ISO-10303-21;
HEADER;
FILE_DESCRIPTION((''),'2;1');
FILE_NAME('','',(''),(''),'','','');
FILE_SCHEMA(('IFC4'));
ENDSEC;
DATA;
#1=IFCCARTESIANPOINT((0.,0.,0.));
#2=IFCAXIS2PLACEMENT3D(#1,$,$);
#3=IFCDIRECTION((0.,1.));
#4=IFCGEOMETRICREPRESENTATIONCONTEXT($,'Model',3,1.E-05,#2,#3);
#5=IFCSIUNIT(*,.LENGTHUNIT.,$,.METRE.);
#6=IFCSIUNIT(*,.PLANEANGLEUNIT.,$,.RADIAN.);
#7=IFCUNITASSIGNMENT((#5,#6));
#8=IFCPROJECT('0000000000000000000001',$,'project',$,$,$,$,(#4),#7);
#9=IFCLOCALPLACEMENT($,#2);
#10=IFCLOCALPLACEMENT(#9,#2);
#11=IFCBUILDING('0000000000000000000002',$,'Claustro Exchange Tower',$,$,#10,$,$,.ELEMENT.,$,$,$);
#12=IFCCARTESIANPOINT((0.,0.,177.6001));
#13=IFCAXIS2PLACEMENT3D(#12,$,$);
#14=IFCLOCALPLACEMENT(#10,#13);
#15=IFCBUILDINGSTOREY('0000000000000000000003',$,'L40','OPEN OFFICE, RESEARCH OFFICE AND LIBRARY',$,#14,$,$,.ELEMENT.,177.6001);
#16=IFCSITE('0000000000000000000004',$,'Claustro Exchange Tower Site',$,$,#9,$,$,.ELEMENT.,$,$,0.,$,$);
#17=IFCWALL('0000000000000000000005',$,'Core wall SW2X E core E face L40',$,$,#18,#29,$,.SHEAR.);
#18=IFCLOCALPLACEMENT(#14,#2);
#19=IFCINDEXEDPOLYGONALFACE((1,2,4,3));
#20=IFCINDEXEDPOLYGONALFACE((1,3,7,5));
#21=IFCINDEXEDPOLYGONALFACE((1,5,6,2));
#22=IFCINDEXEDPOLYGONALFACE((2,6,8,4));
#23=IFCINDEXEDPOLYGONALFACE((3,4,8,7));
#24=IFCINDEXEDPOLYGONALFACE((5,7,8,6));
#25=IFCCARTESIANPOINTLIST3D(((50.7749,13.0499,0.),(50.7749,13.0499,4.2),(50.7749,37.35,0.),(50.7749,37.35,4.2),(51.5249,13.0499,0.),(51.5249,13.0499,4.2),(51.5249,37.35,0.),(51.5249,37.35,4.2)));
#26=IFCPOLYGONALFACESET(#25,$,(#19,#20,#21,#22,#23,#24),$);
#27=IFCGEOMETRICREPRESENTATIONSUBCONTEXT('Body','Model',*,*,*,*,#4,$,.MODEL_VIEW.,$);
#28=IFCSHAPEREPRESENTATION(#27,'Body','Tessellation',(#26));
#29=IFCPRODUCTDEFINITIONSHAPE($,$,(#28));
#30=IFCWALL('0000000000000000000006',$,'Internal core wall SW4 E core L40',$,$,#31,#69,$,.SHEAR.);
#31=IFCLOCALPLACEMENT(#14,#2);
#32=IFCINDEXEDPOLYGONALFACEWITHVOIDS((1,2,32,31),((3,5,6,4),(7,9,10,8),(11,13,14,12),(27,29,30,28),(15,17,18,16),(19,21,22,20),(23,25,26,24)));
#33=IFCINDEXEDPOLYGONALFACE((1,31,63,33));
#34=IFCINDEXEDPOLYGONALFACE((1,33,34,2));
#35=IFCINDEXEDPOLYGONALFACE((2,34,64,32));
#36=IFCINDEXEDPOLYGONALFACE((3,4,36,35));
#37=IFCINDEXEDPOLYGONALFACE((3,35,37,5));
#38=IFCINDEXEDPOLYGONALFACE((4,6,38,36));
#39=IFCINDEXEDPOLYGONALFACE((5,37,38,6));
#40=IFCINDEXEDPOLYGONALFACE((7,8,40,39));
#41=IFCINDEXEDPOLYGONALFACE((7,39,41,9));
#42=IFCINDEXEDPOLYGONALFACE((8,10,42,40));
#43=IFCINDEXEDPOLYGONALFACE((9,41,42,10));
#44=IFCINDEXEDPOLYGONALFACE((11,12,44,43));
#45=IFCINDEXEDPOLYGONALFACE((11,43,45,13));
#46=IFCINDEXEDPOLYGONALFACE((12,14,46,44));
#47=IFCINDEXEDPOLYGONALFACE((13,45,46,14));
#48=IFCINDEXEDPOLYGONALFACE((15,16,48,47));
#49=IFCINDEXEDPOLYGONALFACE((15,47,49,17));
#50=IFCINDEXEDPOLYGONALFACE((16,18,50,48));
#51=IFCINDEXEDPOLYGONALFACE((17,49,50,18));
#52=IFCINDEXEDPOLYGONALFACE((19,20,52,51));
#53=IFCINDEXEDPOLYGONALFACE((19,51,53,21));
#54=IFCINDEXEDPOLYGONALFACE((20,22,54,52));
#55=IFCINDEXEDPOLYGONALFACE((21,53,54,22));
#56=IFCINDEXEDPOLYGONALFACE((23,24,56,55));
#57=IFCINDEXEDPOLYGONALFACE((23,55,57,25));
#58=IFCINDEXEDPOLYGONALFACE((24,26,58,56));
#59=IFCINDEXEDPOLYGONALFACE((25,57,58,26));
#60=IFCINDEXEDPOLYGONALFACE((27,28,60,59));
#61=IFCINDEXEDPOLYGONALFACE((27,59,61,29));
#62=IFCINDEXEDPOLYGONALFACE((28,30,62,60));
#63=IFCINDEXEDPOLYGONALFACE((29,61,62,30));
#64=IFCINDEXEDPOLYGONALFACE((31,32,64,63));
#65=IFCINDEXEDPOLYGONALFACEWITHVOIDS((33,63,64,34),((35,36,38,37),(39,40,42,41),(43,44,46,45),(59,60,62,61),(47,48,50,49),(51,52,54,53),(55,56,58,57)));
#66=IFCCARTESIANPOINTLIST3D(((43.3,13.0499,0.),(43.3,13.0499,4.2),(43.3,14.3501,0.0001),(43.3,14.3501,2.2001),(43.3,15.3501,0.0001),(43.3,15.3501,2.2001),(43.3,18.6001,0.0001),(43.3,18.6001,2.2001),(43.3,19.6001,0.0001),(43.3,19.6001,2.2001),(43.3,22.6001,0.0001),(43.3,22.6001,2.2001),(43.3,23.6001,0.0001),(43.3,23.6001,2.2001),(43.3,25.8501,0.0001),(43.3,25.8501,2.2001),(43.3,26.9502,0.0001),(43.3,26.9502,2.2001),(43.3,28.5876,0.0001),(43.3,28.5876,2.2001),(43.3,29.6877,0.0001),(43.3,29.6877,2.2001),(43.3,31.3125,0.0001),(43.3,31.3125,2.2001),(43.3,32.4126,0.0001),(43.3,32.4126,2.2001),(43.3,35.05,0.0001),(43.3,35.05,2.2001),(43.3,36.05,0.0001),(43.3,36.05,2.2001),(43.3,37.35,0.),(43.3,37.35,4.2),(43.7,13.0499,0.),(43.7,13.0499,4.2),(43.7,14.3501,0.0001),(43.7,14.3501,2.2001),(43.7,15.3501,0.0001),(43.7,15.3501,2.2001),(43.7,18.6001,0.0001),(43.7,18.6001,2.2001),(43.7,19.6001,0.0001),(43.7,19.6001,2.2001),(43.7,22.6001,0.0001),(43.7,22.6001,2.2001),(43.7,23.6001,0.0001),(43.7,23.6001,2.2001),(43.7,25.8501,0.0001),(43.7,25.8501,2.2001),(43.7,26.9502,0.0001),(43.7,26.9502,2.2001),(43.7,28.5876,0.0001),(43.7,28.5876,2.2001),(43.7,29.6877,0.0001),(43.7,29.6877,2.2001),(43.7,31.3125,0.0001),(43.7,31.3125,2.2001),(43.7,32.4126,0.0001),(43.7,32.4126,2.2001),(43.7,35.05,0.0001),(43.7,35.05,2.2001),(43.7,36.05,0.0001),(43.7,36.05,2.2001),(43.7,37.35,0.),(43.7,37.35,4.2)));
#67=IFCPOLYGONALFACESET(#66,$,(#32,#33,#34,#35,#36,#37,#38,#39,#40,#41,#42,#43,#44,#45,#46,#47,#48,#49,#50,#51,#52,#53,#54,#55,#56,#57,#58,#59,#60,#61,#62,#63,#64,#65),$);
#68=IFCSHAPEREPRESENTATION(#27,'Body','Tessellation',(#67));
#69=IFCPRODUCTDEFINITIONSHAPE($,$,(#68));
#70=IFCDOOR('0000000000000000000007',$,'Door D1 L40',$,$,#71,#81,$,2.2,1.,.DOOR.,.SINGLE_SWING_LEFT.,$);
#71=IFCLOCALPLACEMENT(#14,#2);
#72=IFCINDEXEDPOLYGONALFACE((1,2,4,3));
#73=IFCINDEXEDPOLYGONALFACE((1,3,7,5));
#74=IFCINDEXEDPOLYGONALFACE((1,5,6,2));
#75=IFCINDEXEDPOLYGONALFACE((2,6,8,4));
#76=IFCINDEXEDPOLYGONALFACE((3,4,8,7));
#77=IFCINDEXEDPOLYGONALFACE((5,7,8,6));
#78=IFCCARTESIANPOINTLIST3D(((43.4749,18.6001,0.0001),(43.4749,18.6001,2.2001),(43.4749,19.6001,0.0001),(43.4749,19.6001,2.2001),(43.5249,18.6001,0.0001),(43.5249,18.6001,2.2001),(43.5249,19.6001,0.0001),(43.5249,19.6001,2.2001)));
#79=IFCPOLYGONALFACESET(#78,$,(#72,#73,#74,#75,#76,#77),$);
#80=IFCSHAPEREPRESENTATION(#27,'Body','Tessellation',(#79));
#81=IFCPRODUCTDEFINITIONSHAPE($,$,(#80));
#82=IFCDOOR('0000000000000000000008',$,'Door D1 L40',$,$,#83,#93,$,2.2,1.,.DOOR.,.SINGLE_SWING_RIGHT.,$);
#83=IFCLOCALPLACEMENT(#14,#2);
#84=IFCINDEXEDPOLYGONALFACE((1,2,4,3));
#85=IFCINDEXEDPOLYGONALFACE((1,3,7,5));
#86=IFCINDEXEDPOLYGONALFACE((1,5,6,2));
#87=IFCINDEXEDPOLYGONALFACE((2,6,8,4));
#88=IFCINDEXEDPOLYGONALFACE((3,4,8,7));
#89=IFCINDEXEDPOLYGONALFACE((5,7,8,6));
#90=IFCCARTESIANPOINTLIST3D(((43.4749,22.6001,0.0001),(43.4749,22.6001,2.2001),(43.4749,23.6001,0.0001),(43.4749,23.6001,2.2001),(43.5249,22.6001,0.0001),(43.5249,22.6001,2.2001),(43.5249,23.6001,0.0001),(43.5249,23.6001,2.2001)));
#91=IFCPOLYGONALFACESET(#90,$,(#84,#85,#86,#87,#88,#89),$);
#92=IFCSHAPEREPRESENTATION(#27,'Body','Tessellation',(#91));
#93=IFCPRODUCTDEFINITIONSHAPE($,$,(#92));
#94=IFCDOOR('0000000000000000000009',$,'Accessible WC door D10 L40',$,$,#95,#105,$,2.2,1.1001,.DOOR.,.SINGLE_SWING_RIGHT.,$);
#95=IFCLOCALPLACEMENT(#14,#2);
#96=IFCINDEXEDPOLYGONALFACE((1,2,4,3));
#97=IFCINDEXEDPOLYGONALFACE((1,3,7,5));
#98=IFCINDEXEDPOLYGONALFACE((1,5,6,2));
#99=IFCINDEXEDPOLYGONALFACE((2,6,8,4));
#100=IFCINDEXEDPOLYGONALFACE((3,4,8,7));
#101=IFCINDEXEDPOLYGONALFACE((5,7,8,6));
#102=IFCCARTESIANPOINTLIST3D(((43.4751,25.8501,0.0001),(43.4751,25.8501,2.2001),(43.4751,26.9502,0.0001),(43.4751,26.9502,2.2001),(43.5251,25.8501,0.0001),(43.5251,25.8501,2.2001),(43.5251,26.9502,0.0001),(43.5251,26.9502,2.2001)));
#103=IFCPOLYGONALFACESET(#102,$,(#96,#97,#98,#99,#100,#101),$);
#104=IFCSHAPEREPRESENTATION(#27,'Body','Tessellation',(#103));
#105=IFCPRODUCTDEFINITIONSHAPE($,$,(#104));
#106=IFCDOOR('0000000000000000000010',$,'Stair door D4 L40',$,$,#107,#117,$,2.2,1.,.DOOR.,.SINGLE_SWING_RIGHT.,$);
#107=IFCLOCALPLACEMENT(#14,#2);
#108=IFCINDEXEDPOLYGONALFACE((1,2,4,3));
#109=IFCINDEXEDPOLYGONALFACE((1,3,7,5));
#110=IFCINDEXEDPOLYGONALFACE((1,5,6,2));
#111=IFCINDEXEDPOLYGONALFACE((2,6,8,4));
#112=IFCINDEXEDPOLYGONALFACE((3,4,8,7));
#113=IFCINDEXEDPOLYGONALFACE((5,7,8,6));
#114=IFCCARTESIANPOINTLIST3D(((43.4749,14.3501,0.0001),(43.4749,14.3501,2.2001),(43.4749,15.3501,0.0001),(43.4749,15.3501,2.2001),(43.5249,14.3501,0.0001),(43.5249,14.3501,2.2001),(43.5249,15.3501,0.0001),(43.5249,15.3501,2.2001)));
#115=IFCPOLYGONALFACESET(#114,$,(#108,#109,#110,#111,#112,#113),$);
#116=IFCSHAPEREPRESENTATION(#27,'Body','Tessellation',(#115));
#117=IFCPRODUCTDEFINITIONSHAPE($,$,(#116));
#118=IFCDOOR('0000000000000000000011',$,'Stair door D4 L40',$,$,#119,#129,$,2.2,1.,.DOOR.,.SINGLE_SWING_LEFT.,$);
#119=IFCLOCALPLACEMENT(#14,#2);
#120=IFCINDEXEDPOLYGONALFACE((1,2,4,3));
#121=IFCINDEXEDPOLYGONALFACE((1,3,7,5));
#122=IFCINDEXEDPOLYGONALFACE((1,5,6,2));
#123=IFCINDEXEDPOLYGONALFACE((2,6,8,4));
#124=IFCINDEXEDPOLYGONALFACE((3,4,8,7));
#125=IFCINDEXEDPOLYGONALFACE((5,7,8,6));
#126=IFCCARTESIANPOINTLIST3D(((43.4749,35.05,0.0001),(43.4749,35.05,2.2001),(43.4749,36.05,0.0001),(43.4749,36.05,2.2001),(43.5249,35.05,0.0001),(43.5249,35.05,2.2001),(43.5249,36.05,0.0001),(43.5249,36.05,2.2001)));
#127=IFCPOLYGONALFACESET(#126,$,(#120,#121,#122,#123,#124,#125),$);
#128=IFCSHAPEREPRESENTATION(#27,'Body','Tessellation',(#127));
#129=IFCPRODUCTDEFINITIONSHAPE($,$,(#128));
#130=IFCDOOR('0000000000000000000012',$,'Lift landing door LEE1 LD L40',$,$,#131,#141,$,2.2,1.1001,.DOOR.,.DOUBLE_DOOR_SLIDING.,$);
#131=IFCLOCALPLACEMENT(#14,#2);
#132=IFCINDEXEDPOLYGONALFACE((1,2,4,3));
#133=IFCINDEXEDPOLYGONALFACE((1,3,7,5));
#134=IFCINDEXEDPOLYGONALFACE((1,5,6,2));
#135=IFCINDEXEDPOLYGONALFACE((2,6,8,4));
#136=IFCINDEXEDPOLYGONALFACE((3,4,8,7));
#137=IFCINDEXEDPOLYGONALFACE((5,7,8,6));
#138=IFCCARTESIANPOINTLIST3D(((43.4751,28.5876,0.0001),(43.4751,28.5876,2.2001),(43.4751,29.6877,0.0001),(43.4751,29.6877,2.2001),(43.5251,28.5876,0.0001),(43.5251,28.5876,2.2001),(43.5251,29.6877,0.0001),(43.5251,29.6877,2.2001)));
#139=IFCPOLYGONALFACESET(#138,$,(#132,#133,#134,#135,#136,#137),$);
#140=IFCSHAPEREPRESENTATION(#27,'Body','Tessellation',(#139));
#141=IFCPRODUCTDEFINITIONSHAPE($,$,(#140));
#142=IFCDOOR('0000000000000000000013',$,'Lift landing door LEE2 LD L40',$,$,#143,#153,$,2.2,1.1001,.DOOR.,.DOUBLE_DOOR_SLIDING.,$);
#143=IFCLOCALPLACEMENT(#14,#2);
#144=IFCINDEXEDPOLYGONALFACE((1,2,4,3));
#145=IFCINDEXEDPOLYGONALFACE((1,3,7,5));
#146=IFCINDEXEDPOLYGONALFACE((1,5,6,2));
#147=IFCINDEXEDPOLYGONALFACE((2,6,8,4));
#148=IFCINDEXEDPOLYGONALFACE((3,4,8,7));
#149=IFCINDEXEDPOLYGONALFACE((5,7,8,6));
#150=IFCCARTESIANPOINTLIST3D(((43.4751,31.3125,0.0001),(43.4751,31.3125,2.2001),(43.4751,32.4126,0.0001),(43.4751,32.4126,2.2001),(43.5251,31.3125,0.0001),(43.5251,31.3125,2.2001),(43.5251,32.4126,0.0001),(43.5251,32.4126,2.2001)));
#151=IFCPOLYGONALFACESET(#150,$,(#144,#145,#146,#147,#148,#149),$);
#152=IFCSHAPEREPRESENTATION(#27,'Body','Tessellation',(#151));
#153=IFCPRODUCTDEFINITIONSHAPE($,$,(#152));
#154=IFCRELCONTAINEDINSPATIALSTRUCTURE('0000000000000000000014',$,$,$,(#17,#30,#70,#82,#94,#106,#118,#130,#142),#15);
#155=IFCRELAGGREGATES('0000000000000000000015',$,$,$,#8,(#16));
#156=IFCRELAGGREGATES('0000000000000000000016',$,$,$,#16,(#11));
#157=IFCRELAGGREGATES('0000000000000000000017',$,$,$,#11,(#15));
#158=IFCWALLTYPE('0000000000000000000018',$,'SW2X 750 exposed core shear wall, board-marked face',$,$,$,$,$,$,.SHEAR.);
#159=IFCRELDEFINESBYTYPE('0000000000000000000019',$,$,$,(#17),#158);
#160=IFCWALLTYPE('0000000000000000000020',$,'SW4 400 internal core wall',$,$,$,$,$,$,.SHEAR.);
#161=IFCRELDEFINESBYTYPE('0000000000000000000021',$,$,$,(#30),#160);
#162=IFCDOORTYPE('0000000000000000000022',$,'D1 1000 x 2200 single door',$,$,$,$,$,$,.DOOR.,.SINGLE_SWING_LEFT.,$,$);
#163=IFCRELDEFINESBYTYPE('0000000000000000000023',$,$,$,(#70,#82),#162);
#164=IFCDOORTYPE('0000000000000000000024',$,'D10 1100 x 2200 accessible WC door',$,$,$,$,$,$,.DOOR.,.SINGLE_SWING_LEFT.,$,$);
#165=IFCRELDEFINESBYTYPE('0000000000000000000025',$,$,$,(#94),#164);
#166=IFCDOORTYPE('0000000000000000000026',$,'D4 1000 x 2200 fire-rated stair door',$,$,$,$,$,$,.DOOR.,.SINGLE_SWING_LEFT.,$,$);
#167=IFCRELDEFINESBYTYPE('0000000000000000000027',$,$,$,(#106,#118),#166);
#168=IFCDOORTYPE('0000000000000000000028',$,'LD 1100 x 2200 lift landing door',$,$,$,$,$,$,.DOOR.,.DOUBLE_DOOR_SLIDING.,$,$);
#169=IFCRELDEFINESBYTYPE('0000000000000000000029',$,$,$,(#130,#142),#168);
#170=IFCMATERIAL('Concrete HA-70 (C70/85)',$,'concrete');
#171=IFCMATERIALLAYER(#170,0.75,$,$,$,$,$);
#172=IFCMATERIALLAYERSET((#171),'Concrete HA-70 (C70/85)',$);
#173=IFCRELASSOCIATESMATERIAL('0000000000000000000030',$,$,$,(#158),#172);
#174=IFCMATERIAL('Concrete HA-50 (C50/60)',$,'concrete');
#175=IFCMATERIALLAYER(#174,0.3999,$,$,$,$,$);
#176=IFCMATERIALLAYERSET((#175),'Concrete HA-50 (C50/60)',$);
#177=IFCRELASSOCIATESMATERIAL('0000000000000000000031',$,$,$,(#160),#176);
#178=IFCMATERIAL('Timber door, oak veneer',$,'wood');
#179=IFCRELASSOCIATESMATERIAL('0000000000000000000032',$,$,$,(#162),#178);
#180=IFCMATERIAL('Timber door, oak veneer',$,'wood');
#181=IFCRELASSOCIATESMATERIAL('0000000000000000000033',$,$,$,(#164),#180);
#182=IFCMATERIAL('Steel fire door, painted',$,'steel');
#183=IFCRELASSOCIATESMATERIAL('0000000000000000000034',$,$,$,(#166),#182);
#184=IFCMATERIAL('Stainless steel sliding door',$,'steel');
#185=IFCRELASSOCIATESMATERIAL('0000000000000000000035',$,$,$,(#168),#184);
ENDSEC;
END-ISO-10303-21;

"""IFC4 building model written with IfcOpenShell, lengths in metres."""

from ifc_helpers import new_model, si_unit, direction, frame, frame_2d, origin, place, context, subcontext, project, spatial, rectangle, extrude, material, layer, layer_set, type_object, element, fill, save


model = new_model("IFC4")

# Units and contexts
model_context = context("Model", 3, precision=1e-05, world=origin(), true_north=direction((0.0, 1.0)))
body_context = subcontext(model_context, "Body", "Model", "MODEL_VIEW")
ifc_project = project(units=[si_unit("LENGTHUNIT", "METRE"), si_unit("PLANEANGLEUNIT", "RADIAN")], contexts=[model_context])

# Site, building, storey
site_placement = place(None, origin())
site = spatial("IfcSite", under=ifc_project, at=site_placement, Name="Claustro Exchange Tower Site", CompositionType="ELEMENT", RefElevation=0.0)
building_placement = place(site_placement, origin())
building = spatial("IfcBuilding", under=site, at=building_placement, Name="Claustro Exchange Tower", CompositionType="ELEMENT")
storey_placement = place(building_placement, frame((0.0, 0.0, 177.6001)))
storey = spatial("IfcBuildingStorey", under=building, at=storey_placement, Name="L40", Description="OPEN OFFICE, RESEARCH OFFICE AND LIBRARY", CompositionType="ELEMENT", Elevation=177.6001)

# Wall
ifc_material_1 = material(Name="Concrete HA-70 (C70/85)", Category="concrete")
ifc_layer_1 = layer(ifc_material_1, 0.75)
ifc_layer_set_1 = layer_set([ifc_layer_1], Name="Concrete HA-70 (C70/85)")
wall_type_1 = type_object("IfcWallType", Name="SW2X 750 exposed core shear wall, board-marked face", PredefinedType="SHEAR", material=ifc_layer_set_1)
wall_1_placement = place(storey_placement, frame((51.1499, 13.05, 0.0), z_axis=(0.0, 0.0, 1.0), x_axis=(0.0, 1.0, 0.0)))
element("IfcWall", 1, at=wall_1_placement, inside=storey, type_object=wall_type_1, Name="Core wall SW2X E core E face L40", PredefinedType="SHEAR", context=body_context, shape_type="SweptSolid", body=[
    extrude(rectangle(XDim=24.3, YDim=0.75, at=frame_2d((12.1499, 0.0))), origin(), (0.0, 0.0, 1.0), 4.2),
])

# Wall, openings, doors
ifc_material_2 = material(Name="Concrete HA-50 (C50/60)", Category="concrete")
ifc_layer_2 = layer(ifc_material_2, 0.3999)
ifc_layer_set_2 = layer_set([ifc_layer_2], Name="Concrete HA-50 (C50/60)")
wall_type_2 = type_object("IfcWallType", Name="SW4 400 internal core wall", PredefinedType="SHEAR", material=ifc_layer_set_2)
wall_2_placement = place(storey_placement, frame((43.5, 13.05, 0.0), z_axis=(0.0, 0.0, 1.0), x_axis=(0.0, 1.0, 0.0)))
wall_2 = element("IfcWall", 2, at=wall_2_placement, inside=storey, type_object=wall_type_2, Name="Internal core wall SW4 E core L40", PredefinedType="SHEAR", context=body_context, shape_type="SweptSolid", body=[
    extrude(rectangle(XDim=24.3, YDim=0.3999, at=frame_2d((12.1499, 0.0))), origin(), (0.0, 0.0, 1.0), 4.2),
])
opening_1_placement = place(wall_2_placement, frame((1.3, 0.0, 0.0)))
opening_1 = element("IfcOpeningElement", 3, at=opening_1_placement, cuts=wall_2, PredefinedType="OPENING", context=body_context, shape_type="SweptSolid", body=[
    extrude(rectangle(XDim=1.0, YDim=2.2, at=frame_2d((0.5, 1.1001))), frame((0.0, 0.21, 0.0), z_axis=(0.0, -1.0, 0.0), x_axis=(1.0, 0.0, 0.0)), (0.0, 0.0, 1.0), 0.4199),
])
opening_2_placement = place(wall_2_placement, frame((22.0, 0.0, 0.0)))
opening_2 = element("IfcOpeningElement", 4, at=opening_2_placement, cuts=wall_2, PredefinedType="OPENING", context=body_context, shape_type="SweptSolid", body=[
    extrude(rectangle(XDim=1.0, YDim=2.2, at=frame_2d((0.5, 1.1001))), frame((0.0, 0.21, 0.0), z_axis=(0.0, -1.0, 0.0), x_axis=(1.0, 0.0, 0.0)), (0.0, 0.0, 1.0), 0.4199),
])
opening_3_placement = place(wall_2_placement, frame((5.55, 0.0, 0.0)))
opening_3 = element("IfcOpeningElement", 5, at=opening_3_placement, cuts=wall_2, PredefinedType="OPENING", context=body_context, shape_type="SweptSolid", body=[
    extrude(rectangle(XDim=1.0, YDim=2.2, at=frame_2d((0.5, 1.1001))), frame((0.0, 0.21, 0.0), z_axis=(0.0, -1.0, 0.0), x_axis=(1.0, 0.0, 0.0)), (0.0, 0.0, 1.0), 0.4199),
])
opening_4_placement = place(wall_2_placement, frame((9.55, 0.0, 0.0)))
opening_4 = element("IfcOpeningElement", 6, at=opening_4_placement, cuts=wall_2, PredefinedType="OPENING", context=body_context, shape_type="SweptSolid", body=[
    extrude(rectangle(XDim=1.0, YDim=2.2, at=frame_2d((0.5, 1.1001))), frame((0.0, 0.21, 0.0), z_axis=(0.0, -1.0, 0.0), x_axis=(1.0, 0.0, 0.0)), (0.0, 0.0, 1.0), 0.4199),
])
opening_5_placement = place(wall_2_placement, frame((12.8, 0.0, 0.0)))
opening_5 = element("IfcOpeningElement", 7, at=opening_5_placement, cuts=wall_2, PredefinedType="OPENING", context=body_context, shape_type="SweptSolid", body=[
    extrude(rectangle(XDim=1.1001, YDim=2.2, at=frame_2d((0.55, 1.1001))), frame((0.0, 0.21, 0.0), z_axis=(0.0, -1.0, 0.0), x_axis=(1.0, 0.0, 0.0)), (0.0, 0.0, 1.0), 0.4199),
])
opening_6_placement = place(wall_2_placement, frame((15.5376, 0.0, 0.0)))
opening_6 = element("IfcOpeningElement", 8, at=opening_6_placement, cuts=wall_2, PredefinedType="OPENING", context=body_context, shape_type="SweptSolid", body=[
    extrude(rectangle(XDim=1.1001, YDim=2.2, at=frame_2d((0.55, 1.1001))), frame((0.0, 0.21, 0.0), z_axis=(0.0, -1.0, 0.0), x_axis=(1.0, 0.0, 0.0)), (0.0, 0.0, 1.0), 0.4199),
])
opening_7_placement = place(wall_2_placement, frame((18.2625, 0.0, 0.0)))
opening_7 = element("IfcOpeningElement", 9, at=opening_7_placement, cuts=wall_2, PredefinedType="OPENING", context=body_context, shape_type="SweptSolid", body=[
    extrude(rectangle(XDim=1.1001, YDim=2.2, at=frame_2d((0.55, 1.1001))), frame((0.0, 0.21, 0.0), z_axis=(0.0, -1.0, 0.0), x_axis=(1.0, 0.0, 0.0)), (0.0, 0.0, 1.0), 0.4199),
])
ifc_material_3 = material(Name="Timber door, oak veneer", Category="wood")
door_type_1 = type_object("IfcDoorType", Name="D1 1000 x 2200 single door", OperationType="SINGLE_SWING_LEFT", PredefinedType="DOOR", material=ifc_material_3)
door_1_placement = place(opening_3_placement, frame((1.0, 0.0, 0.0), z_axis=(0.0, 0.0, 1.0), x_axis=(-1.0, 0.0, 0.0)))
door_1 = element("IfcDoor", 10, at=door_1_placement, inside=storey, type_object=door_type_1, Name="Door D1 L40", OperationType="SINGLE_SWING_LEFT", OverallHeight=2.2, OverallWidth=1.0, PredefinedType="DOOR", context=body_context, shape_type="SweptSolid", body=[
    extrude(rectangle(XDim=1.0, YDim=2.2, at=frame_2d((0.5, 1.1001))), frame((0.0, 0.0249, 0.0), z_axis=(0.0, -1.0, 0.0), x_axis=(1.0, 0.0, 0.0)), (0.0, 0.0, 1.0), 0.05),
])
fill(opening_3, door_1)
door_2_placement = place(opening_4_placement, frame((1.0, 0.0, 0.0), z_axis=(0.0, 0.0, 1.0), x_axis=(-1.0, 0.0, 0.0)))
door_2 = element("IfcDoor", 11, at=door_2_placement, inside=storey, type_object=door_type_1, Name="Door D1 L40", OperationType="SINGLE_SWING_RIGHT", OverallHeight=2.2, OverallWidth=1.0, PredefinedType="DOOR", context=body_context, shape_type="SweptSolid", body=[
    extrude(rectangle(XDim=1.0, YDim=2.2, at=frame_2d((0.5, 1.1001))), frame((0.0, 0.0249, 0.0), z_axis=(0.0, -1.0, 0.0), x_axis=(1.0, 0.0, 0.0)), (0.0, 0.0, 1.0), 0.05),
])
fill(opening_4, door_2)
ifc_material_4 = material(Name="Timber door, oak veneer", Category="wood")
door_type_2 = type_object("IfcDoorType", Name="D10 1100 x 2200 accessible WC door", OperationType="SINGLE_SWING_LEFT", PredefinedType="DOOR", material=ifc_material_4)
door_3_placement = place(opening_5_placement, origin())
door_3 = element("IfcDoor", 12, at=door_3_placement, inside=storey, type_object=door_type_2, Name="Accessible WC door D10 L40", OperationType="SINGLE_SWING_RIGHT", OverallHeight=2.2, OverallWidth=1.1001, PredefinedType="DOOR", context=body_context, shape_type="SweptSolid", body=[
    extrude(rectangle(XDim=1.1001, YDim=2.2, at=frame_2d((0.55, 1.1001))), frame((0.0, 0.0249, 0.0), z_axis=(0.0, -1.0, 0.0), x_axis=(1.0, 0.0, 0.0)), (0.0, 0.0, 1.0), 0.05),
])
fill(opening_5, door_3)
ifc_material_5 = material(Name="Steel fire door, painted", Category="steel")
door_type_3 = type_object("IfcDoorType", Name="D4 1000 x 2200 fire-rated stair door", OperationType="SINGLE_SWING_LEFT", PredefinedType="DOOR", material=ifc_material_5)
door_4_placement = place(opening_1_placement, frame((1.0, 0.0, 0.0), z_axis=(0.0, 0.0, 1.0), x_axis=(-1.0, 0.0, 0.0)))
door_4 = element("IfcDoor", 13, at=door_4_placement, inside=storey, type_object=door_type_3, Name="Stair door D4 L40", OperationType="SINGLE_SWING_RIGHT", OverallHeight=2.2, OverallWidth=1.0, PredefinedType="DOOR", context=body_context, shape_type="SweptSolid", body=[
    extrude(rectangle(XDim=1.0, YDim=2.2, at=frame_2d((0.5, 1.1001))), frame((0.0, 0.0249, 0.0), z_axis=(0.0, -1.0, 0.0), x_axis=(1.0, 0.0, 0.0)), (0.0, 0.0, 1.0), 0.05),
])
fill(opening_1, door_4)
door_5_placement = place(opening_2_placement, frame((1.0, 0.0, 0.0), z_axis=(0.0, 0.0, 1.0), x_axis=(-1.0, 0.0, 0.0)))
door_5 = element("IfcDoor", 14, at=door_5_placement, inside=storey, type_object=door_type_3, Name="Stair door D4 L40", OperationType="SINGLE_SWING_LEFT", OverallHeight=2.2, OverallWidth=1.0, PredefinedType="DOOR", context=body_context, shape_type="SweptSolid", body=[
    extrude(rectangle(XDim=1.0, YDim=2.2, at=frame_2d((0.5, 1.1001))), frame((0.0, 0.0249, 0.0), z_axis=(0.0, -1.0, 0.0), x_axis=(1.0, 0.0, 0.0)), (0.0, 0.0, 1.0), 0.05),
])
fill(opening_2, door_5)
ifc_material_6 = material(Name="Stainless steel sliding door", Category="steel")
door_type_4 = type_object("IfcDoorType", Name="LD 1100 x 2200 lift landing door", OperationType="DOUBLE_DOOR_SLIDING", PredefinedType="DOOR", material=ifc_material_6)
door_6_placement = place(opening_6_placement, origin())
door_6 = element("IfcDoor", 15, at=door_6_placement, inside=storey, type_object=door_type_4, Name="Lift landing door LEE1 LD L40", OperationType="DOUBLE_DOOR_SLIDING", OverallHeight=2.2, OverallWidth=1.1001, PredefinedType="DOOR", context=body_context, shape_type="SweptSolid", body=[
    extrude(rectangle(XDim=1.1001, YDim=2.2, at=frame_2d((0.55, 1.1001))), frame((0.0, 0.0249, 0.0), z_axis=(0.0, -1.0, 0.0), x_axis=(1.0, 0.0, 0.0)), (0.0, 0.0, 1.0), 0.05),
])
fill(opening_6, door_6)
door_7_placement = place(opening_7_placement, origin())
door_7 = element("IfcDoor", 16, at=door_7_placement, inside=storey, type_object=door_type_4, Name="Lift landing door LEE2 LD L40", OperationType="DOUBLE_DOOR_SLIDING", OverallHeight=2.2, OverallWidth=1.1001, PredefinedType="DOOR", context=body_context, shape_type="SweptSolid", body=[
    extrude(rectangle(XDim=1.1001, YDim=2.2, at=frame_2d((0.55, 1.1001))), frame((0.0, 0.0249, 0.0), z_axis=(0.0, -1.0, 0.0), x_axis=(1.0, 0.0, 0.0)), (0.0, 0.0, 1.0), 0.05),
])
fill(opening_7, door_7)

save(model, "model.ifc")
